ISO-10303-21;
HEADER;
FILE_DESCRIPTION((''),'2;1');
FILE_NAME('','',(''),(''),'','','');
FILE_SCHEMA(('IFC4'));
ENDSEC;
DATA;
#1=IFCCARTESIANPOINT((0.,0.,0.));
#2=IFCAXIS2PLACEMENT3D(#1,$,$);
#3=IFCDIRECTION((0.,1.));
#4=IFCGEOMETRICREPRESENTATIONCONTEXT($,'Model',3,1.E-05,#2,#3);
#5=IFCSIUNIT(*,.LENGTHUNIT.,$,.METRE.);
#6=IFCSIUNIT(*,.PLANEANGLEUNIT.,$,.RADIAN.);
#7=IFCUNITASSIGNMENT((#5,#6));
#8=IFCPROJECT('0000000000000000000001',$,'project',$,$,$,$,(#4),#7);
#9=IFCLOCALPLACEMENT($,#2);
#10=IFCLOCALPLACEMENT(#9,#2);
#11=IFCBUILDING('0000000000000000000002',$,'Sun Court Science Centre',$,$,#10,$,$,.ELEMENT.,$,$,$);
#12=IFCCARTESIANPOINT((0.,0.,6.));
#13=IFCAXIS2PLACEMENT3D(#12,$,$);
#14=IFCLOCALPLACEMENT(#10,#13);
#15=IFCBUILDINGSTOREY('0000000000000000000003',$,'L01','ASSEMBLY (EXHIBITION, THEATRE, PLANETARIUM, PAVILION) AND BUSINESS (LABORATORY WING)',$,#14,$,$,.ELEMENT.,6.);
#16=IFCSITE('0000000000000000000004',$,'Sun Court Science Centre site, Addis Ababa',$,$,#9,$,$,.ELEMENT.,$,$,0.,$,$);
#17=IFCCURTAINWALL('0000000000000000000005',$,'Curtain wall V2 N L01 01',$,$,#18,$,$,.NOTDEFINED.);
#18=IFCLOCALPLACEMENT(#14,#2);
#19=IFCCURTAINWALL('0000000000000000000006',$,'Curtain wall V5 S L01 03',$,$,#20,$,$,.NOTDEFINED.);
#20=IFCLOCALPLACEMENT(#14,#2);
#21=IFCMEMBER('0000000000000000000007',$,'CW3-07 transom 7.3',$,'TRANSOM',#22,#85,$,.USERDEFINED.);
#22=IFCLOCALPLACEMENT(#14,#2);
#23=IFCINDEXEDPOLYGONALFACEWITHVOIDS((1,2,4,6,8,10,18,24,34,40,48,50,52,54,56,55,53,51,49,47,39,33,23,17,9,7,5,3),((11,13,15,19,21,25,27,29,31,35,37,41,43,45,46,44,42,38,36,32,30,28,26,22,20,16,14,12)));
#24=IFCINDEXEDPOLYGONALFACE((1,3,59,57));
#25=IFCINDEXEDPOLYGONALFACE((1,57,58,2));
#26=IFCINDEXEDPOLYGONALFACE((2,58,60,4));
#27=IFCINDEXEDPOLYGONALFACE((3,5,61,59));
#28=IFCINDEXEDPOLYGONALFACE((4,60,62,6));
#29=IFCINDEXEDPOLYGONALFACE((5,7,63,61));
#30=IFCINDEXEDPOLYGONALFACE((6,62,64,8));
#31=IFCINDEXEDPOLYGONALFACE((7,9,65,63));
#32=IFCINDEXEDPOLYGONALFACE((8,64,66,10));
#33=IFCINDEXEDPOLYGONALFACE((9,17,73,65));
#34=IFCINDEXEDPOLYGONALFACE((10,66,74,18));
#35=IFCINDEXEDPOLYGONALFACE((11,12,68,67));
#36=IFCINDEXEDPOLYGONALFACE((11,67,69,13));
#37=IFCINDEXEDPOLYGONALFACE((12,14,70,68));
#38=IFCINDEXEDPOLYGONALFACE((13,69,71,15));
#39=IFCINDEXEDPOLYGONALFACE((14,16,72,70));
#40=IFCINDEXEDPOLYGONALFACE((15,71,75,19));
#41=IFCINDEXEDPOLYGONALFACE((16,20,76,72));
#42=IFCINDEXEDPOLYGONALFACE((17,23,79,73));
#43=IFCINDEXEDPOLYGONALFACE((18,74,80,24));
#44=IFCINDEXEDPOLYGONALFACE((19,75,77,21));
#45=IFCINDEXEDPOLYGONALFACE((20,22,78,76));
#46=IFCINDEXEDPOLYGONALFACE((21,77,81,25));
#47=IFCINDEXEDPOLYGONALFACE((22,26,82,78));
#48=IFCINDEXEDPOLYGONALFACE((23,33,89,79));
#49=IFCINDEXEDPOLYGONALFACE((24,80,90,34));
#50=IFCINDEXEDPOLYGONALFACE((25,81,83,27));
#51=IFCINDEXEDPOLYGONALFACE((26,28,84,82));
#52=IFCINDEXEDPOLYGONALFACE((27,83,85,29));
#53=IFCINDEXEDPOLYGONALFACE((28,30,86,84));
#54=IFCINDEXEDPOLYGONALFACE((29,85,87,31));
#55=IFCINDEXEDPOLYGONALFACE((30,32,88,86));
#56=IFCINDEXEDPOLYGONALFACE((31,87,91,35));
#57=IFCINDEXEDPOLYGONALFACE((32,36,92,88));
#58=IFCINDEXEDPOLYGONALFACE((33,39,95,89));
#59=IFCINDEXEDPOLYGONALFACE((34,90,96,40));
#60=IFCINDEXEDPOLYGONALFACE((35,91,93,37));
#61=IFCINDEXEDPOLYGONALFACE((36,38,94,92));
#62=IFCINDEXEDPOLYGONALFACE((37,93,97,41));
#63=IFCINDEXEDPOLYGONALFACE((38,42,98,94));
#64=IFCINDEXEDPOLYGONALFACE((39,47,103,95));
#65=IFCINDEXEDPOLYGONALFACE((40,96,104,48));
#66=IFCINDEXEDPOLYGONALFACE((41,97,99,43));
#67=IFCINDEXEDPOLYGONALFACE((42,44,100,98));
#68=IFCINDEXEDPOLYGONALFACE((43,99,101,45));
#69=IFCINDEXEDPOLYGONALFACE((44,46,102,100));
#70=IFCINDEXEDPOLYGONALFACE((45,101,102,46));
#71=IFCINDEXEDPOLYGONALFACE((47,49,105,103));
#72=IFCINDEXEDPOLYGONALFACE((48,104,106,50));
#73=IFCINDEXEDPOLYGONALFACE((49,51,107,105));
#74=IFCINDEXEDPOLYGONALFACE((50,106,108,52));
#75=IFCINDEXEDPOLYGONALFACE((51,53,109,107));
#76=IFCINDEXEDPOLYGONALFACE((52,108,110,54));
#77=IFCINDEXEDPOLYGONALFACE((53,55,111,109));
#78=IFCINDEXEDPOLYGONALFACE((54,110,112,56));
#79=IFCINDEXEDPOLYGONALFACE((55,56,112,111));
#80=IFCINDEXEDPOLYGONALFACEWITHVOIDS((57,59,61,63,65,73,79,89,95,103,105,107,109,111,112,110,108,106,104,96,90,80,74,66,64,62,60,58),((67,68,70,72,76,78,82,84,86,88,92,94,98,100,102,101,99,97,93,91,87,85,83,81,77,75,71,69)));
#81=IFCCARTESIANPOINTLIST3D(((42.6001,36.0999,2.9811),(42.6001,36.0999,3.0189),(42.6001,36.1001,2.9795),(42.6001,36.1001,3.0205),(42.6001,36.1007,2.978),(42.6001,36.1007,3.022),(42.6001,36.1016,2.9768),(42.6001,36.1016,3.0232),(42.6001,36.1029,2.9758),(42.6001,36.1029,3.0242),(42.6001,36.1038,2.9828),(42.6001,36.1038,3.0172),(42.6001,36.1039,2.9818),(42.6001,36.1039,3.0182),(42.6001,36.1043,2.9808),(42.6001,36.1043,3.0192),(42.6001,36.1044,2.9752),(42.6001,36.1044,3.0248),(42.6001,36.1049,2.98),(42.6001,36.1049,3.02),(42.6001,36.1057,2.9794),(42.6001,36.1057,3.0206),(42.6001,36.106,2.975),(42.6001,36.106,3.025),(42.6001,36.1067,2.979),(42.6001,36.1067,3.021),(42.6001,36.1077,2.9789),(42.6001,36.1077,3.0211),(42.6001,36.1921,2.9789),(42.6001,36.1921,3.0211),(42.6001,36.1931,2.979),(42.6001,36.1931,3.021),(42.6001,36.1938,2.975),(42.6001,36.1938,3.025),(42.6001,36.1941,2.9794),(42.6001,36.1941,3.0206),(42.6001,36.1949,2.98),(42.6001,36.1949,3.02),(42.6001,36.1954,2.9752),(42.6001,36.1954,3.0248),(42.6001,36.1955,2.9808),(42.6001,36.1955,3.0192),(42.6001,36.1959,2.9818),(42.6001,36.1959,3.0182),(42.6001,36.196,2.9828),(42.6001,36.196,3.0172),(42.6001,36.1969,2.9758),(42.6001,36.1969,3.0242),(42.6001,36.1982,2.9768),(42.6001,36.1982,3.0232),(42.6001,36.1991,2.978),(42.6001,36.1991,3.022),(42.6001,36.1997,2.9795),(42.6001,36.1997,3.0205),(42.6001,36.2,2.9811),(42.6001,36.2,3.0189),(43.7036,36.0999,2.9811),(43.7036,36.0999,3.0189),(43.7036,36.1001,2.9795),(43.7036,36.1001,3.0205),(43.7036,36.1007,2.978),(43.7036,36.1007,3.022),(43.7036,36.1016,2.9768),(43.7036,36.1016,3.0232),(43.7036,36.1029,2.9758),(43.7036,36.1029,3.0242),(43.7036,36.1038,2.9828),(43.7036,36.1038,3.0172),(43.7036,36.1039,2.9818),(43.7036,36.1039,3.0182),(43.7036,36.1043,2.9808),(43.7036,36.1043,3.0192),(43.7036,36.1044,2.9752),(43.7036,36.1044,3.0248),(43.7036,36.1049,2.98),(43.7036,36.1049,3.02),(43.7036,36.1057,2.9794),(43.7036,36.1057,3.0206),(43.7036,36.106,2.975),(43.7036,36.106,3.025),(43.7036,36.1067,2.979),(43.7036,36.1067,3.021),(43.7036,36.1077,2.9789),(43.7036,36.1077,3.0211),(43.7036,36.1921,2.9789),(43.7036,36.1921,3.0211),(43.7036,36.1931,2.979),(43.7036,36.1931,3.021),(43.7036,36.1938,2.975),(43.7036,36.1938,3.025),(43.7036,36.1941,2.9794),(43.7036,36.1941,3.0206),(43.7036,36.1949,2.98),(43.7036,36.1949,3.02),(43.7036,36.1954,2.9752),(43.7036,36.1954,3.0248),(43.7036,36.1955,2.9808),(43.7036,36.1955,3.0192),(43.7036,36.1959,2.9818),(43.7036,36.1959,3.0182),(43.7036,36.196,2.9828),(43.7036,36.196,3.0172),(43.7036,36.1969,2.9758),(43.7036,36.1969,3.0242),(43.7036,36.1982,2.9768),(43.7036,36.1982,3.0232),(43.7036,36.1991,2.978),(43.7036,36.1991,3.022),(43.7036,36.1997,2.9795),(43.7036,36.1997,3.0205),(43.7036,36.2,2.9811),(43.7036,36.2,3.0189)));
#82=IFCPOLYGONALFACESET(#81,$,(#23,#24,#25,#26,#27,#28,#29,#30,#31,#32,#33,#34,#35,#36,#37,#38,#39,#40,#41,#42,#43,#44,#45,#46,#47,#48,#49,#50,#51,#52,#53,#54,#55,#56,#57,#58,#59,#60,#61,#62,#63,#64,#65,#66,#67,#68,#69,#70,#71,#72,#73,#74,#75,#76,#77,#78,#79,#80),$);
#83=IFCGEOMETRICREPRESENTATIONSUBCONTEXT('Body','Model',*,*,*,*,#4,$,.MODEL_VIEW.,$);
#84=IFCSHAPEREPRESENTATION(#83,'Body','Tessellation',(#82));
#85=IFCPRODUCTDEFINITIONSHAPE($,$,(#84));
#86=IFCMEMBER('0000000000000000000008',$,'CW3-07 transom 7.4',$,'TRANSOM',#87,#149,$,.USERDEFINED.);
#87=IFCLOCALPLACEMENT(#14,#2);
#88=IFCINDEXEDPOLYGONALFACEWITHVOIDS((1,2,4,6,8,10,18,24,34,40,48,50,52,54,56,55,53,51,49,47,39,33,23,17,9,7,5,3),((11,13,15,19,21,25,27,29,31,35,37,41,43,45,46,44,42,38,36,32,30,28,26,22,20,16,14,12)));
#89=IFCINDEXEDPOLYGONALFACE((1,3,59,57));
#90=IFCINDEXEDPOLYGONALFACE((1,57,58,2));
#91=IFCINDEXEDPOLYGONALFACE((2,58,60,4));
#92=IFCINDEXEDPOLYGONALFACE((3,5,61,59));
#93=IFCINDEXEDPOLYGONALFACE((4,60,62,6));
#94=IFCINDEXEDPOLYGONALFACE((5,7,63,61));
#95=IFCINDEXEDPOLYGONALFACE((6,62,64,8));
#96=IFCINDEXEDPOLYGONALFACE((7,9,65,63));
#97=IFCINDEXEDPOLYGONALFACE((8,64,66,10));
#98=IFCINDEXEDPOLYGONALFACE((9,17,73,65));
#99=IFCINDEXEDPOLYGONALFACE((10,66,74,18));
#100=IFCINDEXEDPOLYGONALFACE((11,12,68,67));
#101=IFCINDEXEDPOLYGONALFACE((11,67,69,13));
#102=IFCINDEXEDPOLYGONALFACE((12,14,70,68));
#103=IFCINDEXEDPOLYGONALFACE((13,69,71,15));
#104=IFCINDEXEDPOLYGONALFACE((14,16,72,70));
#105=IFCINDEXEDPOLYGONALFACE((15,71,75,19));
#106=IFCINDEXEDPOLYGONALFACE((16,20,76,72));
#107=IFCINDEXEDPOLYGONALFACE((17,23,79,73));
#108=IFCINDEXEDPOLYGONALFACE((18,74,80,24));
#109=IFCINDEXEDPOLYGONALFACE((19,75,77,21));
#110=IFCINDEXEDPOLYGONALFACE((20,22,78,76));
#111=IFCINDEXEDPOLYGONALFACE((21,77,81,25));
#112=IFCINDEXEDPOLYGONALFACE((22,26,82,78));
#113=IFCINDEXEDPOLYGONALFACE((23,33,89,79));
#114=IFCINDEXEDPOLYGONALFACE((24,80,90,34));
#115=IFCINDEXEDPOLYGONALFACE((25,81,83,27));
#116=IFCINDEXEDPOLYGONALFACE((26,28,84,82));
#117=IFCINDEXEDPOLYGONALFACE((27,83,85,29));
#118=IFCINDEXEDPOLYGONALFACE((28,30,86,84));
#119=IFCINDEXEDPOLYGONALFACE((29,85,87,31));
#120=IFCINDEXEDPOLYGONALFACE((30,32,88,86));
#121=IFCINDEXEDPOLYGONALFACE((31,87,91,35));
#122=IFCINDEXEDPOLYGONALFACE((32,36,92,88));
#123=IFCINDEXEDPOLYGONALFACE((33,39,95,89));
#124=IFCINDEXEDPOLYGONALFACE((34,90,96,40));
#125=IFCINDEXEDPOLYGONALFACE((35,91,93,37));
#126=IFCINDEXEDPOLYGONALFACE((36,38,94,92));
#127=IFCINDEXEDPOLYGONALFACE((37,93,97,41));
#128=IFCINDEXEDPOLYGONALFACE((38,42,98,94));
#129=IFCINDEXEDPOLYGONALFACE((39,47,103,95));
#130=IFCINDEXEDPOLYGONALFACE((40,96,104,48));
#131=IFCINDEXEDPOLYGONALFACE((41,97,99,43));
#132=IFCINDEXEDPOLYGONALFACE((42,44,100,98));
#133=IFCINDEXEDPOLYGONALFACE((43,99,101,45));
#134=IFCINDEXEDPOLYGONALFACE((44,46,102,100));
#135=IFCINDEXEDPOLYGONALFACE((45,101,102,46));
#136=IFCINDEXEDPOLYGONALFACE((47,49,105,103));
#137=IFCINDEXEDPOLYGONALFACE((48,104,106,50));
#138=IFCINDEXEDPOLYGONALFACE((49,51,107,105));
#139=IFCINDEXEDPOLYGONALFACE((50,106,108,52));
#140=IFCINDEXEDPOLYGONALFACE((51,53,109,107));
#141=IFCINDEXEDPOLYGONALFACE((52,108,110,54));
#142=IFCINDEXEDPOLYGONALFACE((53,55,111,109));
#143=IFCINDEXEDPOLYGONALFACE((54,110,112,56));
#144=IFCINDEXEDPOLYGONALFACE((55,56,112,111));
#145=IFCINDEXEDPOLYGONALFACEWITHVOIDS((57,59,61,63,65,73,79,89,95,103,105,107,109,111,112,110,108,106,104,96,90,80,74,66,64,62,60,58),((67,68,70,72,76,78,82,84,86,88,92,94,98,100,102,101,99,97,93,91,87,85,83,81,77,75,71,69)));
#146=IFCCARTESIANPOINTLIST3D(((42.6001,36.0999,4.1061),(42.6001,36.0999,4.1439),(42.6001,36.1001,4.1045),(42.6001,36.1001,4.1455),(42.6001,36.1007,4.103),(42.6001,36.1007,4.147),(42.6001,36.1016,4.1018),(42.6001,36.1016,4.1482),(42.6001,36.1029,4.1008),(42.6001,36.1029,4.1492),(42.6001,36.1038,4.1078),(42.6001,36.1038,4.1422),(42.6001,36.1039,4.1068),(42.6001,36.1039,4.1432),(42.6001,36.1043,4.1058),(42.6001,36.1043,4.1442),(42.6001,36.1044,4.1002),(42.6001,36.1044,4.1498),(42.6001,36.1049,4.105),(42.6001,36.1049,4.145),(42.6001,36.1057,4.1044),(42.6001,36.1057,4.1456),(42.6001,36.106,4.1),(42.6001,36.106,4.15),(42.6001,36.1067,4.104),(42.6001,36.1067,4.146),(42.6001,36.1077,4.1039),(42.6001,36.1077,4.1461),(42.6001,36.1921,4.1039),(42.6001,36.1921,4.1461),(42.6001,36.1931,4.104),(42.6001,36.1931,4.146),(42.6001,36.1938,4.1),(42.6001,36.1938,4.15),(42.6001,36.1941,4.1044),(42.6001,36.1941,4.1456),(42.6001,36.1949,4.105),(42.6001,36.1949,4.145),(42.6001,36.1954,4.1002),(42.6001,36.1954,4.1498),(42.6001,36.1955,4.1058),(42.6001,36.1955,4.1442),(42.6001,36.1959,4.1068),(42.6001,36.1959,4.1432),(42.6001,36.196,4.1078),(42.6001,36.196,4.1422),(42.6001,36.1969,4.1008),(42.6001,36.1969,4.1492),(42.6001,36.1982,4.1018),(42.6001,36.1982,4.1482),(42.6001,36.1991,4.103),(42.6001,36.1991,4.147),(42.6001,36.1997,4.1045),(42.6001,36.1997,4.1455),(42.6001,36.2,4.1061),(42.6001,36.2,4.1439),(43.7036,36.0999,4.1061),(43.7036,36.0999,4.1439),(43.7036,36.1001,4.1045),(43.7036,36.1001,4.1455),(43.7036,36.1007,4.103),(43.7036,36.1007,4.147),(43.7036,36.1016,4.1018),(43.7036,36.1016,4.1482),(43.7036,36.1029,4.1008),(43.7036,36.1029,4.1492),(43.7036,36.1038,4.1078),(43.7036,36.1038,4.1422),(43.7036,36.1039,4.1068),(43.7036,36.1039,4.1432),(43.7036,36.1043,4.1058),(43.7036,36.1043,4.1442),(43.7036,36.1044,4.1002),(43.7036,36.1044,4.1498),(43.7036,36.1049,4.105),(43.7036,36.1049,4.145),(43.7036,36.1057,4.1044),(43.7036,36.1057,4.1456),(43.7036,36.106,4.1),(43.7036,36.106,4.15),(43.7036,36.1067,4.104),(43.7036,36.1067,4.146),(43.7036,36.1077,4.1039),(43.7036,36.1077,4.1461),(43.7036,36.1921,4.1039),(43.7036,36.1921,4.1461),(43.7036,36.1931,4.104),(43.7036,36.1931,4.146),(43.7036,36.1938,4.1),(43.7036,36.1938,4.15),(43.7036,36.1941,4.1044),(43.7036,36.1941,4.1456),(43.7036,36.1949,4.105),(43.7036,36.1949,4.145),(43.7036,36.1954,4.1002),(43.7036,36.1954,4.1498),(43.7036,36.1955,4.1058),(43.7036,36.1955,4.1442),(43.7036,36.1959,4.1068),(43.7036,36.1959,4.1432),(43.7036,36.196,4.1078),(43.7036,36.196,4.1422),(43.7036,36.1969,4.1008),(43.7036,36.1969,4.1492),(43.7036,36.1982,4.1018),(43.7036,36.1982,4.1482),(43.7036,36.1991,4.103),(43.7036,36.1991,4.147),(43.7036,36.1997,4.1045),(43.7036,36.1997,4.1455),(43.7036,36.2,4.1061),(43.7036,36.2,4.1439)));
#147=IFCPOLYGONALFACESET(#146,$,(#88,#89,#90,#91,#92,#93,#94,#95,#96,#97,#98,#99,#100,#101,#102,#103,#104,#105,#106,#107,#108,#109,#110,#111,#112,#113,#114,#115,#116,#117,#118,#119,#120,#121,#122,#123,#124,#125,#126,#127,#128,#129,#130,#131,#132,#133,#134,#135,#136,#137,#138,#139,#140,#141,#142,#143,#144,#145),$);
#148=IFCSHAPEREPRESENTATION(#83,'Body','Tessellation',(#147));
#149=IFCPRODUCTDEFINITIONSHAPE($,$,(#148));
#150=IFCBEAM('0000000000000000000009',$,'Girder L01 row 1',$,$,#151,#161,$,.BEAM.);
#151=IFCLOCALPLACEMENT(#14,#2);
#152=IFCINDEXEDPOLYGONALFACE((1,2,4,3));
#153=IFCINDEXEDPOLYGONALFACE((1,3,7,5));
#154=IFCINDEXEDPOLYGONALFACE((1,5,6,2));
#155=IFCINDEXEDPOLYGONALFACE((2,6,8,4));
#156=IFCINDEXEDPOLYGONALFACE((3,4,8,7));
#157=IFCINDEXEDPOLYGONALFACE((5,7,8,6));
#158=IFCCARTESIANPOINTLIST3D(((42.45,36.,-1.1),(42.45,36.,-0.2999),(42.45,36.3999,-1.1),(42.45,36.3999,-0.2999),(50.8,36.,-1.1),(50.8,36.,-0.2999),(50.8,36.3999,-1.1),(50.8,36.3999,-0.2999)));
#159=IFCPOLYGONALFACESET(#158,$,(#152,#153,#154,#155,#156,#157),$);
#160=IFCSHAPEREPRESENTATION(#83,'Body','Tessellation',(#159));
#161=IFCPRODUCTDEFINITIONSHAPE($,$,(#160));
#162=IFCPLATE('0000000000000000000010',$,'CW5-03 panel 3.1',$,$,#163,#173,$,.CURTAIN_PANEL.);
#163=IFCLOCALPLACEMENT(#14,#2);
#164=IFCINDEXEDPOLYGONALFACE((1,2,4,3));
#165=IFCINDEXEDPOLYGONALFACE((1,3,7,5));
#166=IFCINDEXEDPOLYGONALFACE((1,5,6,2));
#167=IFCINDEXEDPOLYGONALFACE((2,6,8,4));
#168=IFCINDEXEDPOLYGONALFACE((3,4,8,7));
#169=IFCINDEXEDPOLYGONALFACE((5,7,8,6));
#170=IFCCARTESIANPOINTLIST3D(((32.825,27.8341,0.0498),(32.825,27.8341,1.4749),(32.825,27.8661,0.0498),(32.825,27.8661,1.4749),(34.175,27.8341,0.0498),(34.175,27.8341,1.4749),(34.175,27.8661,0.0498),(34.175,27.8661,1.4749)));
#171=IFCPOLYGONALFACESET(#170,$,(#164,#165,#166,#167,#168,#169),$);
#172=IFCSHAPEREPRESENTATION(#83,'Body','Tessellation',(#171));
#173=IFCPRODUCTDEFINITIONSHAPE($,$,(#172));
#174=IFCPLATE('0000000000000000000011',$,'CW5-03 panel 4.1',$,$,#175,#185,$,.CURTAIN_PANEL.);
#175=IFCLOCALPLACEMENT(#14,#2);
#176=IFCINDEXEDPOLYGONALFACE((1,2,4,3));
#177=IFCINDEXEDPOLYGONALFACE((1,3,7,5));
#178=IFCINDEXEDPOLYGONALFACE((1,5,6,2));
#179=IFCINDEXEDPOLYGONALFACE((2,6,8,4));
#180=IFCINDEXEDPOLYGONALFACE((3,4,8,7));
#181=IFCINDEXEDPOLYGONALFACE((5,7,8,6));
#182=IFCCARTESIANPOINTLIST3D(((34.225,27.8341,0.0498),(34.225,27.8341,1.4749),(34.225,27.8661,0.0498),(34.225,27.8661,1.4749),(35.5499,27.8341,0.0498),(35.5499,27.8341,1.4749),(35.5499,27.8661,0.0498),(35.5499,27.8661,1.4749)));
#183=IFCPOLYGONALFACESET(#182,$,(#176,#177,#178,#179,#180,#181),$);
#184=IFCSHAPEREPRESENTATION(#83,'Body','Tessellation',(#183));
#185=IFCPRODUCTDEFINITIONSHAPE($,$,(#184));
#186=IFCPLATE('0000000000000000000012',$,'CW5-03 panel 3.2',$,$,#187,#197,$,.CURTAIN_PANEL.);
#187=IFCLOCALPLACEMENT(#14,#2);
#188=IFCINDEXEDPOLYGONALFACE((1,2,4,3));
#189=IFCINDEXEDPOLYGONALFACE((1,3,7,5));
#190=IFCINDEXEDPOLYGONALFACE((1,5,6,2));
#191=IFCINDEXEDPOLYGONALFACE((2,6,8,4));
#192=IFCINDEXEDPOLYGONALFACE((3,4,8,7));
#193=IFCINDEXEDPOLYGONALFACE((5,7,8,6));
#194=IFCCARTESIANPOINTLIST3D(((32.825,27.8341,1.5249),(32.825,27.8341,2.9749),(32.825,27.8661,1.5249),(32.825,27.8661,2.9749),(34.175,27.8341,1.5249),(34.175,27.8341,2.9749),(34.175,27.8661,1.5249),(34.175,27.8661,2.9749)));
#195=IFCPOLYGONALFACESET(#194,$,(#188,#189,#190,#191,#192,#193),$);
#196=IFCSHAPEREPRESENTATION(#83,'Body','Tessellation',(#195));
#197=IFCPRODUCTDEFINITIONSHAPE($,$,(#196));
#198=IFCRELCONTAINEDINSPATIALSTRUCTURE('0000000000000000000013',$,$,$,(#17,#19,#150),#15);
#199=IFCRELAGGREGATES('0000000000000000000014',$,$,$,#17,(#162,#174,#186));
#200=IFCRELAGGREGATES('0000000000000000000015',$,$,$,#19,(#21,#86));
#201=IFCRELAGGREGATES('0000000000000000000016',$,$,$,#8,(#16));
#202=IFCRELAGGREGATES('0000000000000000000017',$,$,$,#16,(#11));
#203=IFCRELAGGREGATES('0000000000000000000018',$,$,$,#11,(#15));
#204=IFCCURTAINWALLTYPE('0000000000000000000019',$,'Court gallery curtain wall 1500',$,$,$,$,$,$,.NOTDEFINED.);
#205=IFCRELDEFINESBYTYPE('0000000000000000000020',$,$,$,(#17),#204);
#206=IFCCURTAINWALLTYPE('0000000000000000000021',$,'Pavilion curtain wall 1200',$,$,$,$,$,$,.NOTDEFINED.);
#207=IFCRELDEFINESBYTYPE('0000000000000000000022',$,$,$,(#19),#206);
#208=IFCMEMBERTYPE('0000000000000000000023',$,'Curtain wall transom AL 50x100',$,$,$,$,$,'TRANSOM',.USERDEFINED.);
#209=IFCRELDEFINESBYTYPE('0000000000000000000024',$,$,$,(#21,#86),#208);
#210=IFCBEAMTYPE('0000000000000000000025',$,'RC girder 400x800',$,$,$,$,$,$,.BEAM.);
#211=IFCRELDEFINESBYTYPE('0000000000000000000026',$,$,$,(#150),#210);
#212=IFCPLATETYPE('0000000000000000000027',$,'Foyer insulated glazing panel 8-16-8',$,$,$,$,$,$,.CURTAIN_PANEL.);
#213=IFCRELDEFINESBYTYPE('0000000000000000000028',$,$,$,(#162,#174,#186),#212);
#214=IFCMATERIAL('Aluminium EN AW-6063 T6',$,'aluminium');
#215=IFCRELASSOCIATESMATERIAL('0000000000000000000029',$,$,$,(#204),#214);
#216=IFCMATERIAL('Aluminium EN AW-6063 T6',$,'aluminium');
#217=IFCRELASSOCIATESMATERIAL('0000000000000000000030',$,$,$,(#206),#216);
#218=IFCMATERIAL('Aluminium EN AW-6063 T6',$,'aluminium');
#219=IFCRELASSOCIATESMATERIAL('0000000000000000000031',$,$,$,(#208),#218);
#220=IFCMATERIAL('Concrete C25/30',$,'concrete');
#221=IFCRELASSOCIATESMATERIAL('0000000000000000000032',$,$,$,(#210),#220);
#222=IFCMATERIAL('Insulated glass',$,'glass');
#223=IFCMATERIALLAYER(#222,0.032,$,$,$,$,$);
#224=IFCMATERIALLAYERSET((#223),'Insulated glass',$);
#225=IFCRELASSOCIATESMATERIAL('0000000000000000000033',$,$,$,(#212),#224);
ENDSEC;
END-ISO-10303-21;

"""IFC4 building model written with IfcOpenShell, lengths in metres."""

from ifc_helpers import new_model, si_unit, direction, frame, origin, origin_2d, place, context, subcontext, project, spatial, rectangle, hollow_rectangle, extrude, material, layer, layer_set, material_profile, profile_set, type_object, element, aggregate, save


model = new_model("IFC4")

# Units and contexts
model_context = context("Model", 3, precision=1e-05, world=origin(), true_north=direction((0.0, 1.0)))
body_context = subcontext(model_context, "Body", "Model", "MODEL_VIEW")
ifc_project = project(units=[si_unit("LENGTHUNIT", "METRE"), si_unit("PLANEANGLEUNIT", "RADIAN")], contexts=[model_context])

# Site, building, storey
site_placement = place(None, origin())
site = spatial("IfcSite", under=ifc_project, at=site_placement, Name="Sun Court Science Centre site, Addis Ababa", CompositionType="ELEMENT", RefElevation=0.0)
building_placement = place(site_placement, origin())
building = spatial("IfcBuilding", under=site, at=building_placement, Name="Sun Court Science Centre", CompositionType="ELEMENT")
storey_placement = place(building_placement, frame((0.0, 0.0, 6.0)))
storey = spatial("IfcBuildingStorey", under=building, at=storey_placement, Name="L01", Description="ASSEMBLY (EXHIBITION, THEATRE, PLANETARIUM, PAVILION) AND BUSINESS (LABORATORY WING)", CompositionType="ELEMENT", Elevation=6.0)

# Curtain walls
ifc_material_1 = material(Name="Aluminium EN AW-6063 T6", Category="aluminium")
curtain_wall_type_1 = type_object("IfcCurtainWallType", Name="Court gallery curtain wall 1500", PredefinedType="NOTDEFINED", material=ifc_material_1)
curtain_wall_1_placement = place(storey_placement, origin())
curtain_wall_1 = element("IfcCurtainWall", 1, at=curtain_wall_1_placement, inside=storey, type_object=curtain_wall_type_1, Name="Curtain wall V2 N L01 01", PredefinedType="NOTDEFINED")
ifc_material_2 = material(Name="Aluminium EN AW-6063 T6", Category="aluminium")
curtain_wall_type_2 = type_object("IfcCurtainWallType", Name="Pavilion curtain wall 1200", PredefinedType="NOTDEFINED", material=ifc_material_2)
curtain_wall_2_placement = place(storey_placement, origin())
curtain_wall_2 = element("IfcCurtainWall", 2, at=curtain_wall_2_placement, inside=storey, type_object=curtain_wall_type_2, Name="Curtain wall V5 S L01 03", PredefinedType="NOTDEFINED")

# Members
ifc_material_3 = material(Name="Aluminium EN AW-6063 T6", Category="aluminium")
ifc_material_profile_1 = material_profile(ifc_material_3, hollow_rectangle(XDim=0.05, YDim=0.1001, WallThickness=0.0039, InnerFilletRadius=0.0039, OuterFilletRadius=0.0061, at=origin_2d()), Name="AL 50x100x4")
ifc_profile_set_1 = profile_set([ifc_material_profile_1], Name="Aluminium EN AW-6063 T6")
member_type_1 = type_object("IfcMemberType", Name="Curtain wall transom AL 50x100", ElementType="TRANSOM", PredefinedType="USERDEFINED", material=ifc_profile_set_1)
member_1_placement = place(storey_placement, frame((43.7036, 36.1499, 3.0), z_axis=(-1.0, 0.0, 0.0), x_axis=(0.0, 0.0, 1.0)))
member_1 = element("IfcMember", 3, at=member_1_placement, type_object=member_type_1, Name="CW3-07 transom 7.3", ObjectType="TRANSOM", PredefinedType="USERDEFINED", context=body_context, shape_type="SweptSolid", body=[
    extrude(hollow_rectangle(XDim=0.05, YDim=0.1001, WallThickness=0.0039, InnerFilletRadius=0.0039, OuterFilletRadius=0.0061, at=origin_2d()), origin(), (0.0, 0.0, 1.0), 1.1035),
])
member_2_placement = place(storey_placement, frame((43.7036, 36.1499, 4.125), z_axis=(-1.0, 0.0, 0.0), x_axis=(0.0, 0.0, 1.0)))
member_2 = element("IfcMember", 4, at=member_2_placement, type_object=member_type_1, Name="CW3-07 transom 7.4", ObjectType="TRANSOM", PredefinedType="USERDEFINED", context=body_context, shape_type="SweptSolid", body=[
    extrude(hollow_rectangle(XDim=0.05, YDim=0.1001, WallThickness=0.0039, InnerFilletRadius=0.0039, OuterFilletRadius=0.0061, at=origin_2d()), origin(), (0.0, 0.0, 1.0), 1.1035),
])

# Beam
ifc_material_4 = material(Name="Concrete C25/30", Category="concrete")
ifc_material_profile_2 = material_profile(ifc_material_4, rectangle(XDim=0.3999, YDim=0.8, at=origin_2d()), Name="RC 400x800")
ifc_profile_set_2 = profile_set([ifc_material_profile_2], Name="Concrete C25/30")
beam_type = type_object("IfcBeamType", Name="RC girder 400x800", PredefinedType="BEAM", material=ifc_profile_set_2)
beam_placement = place(storey_placement, frame((42.45, 36.2, -0.7), z_axis=(1.0, 0.0, 0.0), x_axis=(0.0, 1.0, 0.0)))
element("IfcBeam", 5, at=beam_placement, inside=storey, type_object=beam_type, Name="Girder L01 row 1", PredefinedType="BEAM", context=body_context, shape_type="SweptSolid", body=[
    extrude(rectangle(XDim=0.3999, YDim=0.8, at=origin_2d()), origin(), (0.0, 0.0, 1.0), 8.3501),
])

# Plates
ifc_material_5 = material(Name="Insulated glass", Category="glass")
ifc_layer_1 = layer(ifc_material_5, 0.032)
ifc_layer_set_1 = layer_set([ifc_layer_1], Name="Insulated glass")
plate_type_1 = type_object("IfcPlateType", Name="Foyer insulated glazing panel 8-16-8", PredefinedType="CURTAIN_PANEL", material=ifc_layer_set_1)
plate_1_placement = place(storey_placement, frame((33.5, 27.8501, 0.0498), z_axis=(0.0, 0.0, 1.0), x_axis=(1.0, 0.0, 0.0)))
plate_1 = element("IfcPlate", 6, at=plate_1_placement, type_object=plate_type_1, Name="CW5-03 panel 3.1", PredefinedType="CURTAIN_PANEL", context=body_context, shape_type="SweptSolid", body=[
    extrude(rectangle(XDim=1.3501, YDim=0.032, at=origin_2d()), origin(), (0.0, 0.0, 1.0), 1.425),
])
plate_2_placement = place(storey_placement, frame((34.8875, 27.8501, 0.0498), z_axis=(0.0, 0.0, 1.0), x_axis=(1.0, 0.0, 0.0)))
plate_2 = element("IfcPlate", 7, at=plate_2_placement, type_object=plate_type_1, Name="CW5-03 panel 4.1", PredefinedType="CURTAIN_PANEL", context=body_context, shape_type="SweptSolid", body=[
    extrude(rectangle(XDim=1.325, YDim=0.032, at=origin_2d()), origin(), (0.0, 0.0, 1.0), 1.425),
])
plate_3_placement = place(storey_placement, frame((33.5, 27.8501, 1.5249), z_axis=(0.0, 0.0, 1.0), x_axis=(1.0, 0.0, 0.0)))
plate_3 = element("IfcPlate", 8, at=plate_3_placement, type_object=plate_type_1, Name="CW5-03 panel 3.2", PredefinedType="CURTAIN_PANEL", context=body_context, shape_type="SweptSolid", body=[
    extrude(rectangle(XDim=1.3501, YDim=0.032, at=origin_2d()), origin(), (0.0, 0.0, 1.0), 1.45),
])
aggregate(curtain_wall_1, [plate_1, plate_2, plate_3])
aggregate(curtain_wall_2, [member_1, member_2])

save(model, "model.ifc")
